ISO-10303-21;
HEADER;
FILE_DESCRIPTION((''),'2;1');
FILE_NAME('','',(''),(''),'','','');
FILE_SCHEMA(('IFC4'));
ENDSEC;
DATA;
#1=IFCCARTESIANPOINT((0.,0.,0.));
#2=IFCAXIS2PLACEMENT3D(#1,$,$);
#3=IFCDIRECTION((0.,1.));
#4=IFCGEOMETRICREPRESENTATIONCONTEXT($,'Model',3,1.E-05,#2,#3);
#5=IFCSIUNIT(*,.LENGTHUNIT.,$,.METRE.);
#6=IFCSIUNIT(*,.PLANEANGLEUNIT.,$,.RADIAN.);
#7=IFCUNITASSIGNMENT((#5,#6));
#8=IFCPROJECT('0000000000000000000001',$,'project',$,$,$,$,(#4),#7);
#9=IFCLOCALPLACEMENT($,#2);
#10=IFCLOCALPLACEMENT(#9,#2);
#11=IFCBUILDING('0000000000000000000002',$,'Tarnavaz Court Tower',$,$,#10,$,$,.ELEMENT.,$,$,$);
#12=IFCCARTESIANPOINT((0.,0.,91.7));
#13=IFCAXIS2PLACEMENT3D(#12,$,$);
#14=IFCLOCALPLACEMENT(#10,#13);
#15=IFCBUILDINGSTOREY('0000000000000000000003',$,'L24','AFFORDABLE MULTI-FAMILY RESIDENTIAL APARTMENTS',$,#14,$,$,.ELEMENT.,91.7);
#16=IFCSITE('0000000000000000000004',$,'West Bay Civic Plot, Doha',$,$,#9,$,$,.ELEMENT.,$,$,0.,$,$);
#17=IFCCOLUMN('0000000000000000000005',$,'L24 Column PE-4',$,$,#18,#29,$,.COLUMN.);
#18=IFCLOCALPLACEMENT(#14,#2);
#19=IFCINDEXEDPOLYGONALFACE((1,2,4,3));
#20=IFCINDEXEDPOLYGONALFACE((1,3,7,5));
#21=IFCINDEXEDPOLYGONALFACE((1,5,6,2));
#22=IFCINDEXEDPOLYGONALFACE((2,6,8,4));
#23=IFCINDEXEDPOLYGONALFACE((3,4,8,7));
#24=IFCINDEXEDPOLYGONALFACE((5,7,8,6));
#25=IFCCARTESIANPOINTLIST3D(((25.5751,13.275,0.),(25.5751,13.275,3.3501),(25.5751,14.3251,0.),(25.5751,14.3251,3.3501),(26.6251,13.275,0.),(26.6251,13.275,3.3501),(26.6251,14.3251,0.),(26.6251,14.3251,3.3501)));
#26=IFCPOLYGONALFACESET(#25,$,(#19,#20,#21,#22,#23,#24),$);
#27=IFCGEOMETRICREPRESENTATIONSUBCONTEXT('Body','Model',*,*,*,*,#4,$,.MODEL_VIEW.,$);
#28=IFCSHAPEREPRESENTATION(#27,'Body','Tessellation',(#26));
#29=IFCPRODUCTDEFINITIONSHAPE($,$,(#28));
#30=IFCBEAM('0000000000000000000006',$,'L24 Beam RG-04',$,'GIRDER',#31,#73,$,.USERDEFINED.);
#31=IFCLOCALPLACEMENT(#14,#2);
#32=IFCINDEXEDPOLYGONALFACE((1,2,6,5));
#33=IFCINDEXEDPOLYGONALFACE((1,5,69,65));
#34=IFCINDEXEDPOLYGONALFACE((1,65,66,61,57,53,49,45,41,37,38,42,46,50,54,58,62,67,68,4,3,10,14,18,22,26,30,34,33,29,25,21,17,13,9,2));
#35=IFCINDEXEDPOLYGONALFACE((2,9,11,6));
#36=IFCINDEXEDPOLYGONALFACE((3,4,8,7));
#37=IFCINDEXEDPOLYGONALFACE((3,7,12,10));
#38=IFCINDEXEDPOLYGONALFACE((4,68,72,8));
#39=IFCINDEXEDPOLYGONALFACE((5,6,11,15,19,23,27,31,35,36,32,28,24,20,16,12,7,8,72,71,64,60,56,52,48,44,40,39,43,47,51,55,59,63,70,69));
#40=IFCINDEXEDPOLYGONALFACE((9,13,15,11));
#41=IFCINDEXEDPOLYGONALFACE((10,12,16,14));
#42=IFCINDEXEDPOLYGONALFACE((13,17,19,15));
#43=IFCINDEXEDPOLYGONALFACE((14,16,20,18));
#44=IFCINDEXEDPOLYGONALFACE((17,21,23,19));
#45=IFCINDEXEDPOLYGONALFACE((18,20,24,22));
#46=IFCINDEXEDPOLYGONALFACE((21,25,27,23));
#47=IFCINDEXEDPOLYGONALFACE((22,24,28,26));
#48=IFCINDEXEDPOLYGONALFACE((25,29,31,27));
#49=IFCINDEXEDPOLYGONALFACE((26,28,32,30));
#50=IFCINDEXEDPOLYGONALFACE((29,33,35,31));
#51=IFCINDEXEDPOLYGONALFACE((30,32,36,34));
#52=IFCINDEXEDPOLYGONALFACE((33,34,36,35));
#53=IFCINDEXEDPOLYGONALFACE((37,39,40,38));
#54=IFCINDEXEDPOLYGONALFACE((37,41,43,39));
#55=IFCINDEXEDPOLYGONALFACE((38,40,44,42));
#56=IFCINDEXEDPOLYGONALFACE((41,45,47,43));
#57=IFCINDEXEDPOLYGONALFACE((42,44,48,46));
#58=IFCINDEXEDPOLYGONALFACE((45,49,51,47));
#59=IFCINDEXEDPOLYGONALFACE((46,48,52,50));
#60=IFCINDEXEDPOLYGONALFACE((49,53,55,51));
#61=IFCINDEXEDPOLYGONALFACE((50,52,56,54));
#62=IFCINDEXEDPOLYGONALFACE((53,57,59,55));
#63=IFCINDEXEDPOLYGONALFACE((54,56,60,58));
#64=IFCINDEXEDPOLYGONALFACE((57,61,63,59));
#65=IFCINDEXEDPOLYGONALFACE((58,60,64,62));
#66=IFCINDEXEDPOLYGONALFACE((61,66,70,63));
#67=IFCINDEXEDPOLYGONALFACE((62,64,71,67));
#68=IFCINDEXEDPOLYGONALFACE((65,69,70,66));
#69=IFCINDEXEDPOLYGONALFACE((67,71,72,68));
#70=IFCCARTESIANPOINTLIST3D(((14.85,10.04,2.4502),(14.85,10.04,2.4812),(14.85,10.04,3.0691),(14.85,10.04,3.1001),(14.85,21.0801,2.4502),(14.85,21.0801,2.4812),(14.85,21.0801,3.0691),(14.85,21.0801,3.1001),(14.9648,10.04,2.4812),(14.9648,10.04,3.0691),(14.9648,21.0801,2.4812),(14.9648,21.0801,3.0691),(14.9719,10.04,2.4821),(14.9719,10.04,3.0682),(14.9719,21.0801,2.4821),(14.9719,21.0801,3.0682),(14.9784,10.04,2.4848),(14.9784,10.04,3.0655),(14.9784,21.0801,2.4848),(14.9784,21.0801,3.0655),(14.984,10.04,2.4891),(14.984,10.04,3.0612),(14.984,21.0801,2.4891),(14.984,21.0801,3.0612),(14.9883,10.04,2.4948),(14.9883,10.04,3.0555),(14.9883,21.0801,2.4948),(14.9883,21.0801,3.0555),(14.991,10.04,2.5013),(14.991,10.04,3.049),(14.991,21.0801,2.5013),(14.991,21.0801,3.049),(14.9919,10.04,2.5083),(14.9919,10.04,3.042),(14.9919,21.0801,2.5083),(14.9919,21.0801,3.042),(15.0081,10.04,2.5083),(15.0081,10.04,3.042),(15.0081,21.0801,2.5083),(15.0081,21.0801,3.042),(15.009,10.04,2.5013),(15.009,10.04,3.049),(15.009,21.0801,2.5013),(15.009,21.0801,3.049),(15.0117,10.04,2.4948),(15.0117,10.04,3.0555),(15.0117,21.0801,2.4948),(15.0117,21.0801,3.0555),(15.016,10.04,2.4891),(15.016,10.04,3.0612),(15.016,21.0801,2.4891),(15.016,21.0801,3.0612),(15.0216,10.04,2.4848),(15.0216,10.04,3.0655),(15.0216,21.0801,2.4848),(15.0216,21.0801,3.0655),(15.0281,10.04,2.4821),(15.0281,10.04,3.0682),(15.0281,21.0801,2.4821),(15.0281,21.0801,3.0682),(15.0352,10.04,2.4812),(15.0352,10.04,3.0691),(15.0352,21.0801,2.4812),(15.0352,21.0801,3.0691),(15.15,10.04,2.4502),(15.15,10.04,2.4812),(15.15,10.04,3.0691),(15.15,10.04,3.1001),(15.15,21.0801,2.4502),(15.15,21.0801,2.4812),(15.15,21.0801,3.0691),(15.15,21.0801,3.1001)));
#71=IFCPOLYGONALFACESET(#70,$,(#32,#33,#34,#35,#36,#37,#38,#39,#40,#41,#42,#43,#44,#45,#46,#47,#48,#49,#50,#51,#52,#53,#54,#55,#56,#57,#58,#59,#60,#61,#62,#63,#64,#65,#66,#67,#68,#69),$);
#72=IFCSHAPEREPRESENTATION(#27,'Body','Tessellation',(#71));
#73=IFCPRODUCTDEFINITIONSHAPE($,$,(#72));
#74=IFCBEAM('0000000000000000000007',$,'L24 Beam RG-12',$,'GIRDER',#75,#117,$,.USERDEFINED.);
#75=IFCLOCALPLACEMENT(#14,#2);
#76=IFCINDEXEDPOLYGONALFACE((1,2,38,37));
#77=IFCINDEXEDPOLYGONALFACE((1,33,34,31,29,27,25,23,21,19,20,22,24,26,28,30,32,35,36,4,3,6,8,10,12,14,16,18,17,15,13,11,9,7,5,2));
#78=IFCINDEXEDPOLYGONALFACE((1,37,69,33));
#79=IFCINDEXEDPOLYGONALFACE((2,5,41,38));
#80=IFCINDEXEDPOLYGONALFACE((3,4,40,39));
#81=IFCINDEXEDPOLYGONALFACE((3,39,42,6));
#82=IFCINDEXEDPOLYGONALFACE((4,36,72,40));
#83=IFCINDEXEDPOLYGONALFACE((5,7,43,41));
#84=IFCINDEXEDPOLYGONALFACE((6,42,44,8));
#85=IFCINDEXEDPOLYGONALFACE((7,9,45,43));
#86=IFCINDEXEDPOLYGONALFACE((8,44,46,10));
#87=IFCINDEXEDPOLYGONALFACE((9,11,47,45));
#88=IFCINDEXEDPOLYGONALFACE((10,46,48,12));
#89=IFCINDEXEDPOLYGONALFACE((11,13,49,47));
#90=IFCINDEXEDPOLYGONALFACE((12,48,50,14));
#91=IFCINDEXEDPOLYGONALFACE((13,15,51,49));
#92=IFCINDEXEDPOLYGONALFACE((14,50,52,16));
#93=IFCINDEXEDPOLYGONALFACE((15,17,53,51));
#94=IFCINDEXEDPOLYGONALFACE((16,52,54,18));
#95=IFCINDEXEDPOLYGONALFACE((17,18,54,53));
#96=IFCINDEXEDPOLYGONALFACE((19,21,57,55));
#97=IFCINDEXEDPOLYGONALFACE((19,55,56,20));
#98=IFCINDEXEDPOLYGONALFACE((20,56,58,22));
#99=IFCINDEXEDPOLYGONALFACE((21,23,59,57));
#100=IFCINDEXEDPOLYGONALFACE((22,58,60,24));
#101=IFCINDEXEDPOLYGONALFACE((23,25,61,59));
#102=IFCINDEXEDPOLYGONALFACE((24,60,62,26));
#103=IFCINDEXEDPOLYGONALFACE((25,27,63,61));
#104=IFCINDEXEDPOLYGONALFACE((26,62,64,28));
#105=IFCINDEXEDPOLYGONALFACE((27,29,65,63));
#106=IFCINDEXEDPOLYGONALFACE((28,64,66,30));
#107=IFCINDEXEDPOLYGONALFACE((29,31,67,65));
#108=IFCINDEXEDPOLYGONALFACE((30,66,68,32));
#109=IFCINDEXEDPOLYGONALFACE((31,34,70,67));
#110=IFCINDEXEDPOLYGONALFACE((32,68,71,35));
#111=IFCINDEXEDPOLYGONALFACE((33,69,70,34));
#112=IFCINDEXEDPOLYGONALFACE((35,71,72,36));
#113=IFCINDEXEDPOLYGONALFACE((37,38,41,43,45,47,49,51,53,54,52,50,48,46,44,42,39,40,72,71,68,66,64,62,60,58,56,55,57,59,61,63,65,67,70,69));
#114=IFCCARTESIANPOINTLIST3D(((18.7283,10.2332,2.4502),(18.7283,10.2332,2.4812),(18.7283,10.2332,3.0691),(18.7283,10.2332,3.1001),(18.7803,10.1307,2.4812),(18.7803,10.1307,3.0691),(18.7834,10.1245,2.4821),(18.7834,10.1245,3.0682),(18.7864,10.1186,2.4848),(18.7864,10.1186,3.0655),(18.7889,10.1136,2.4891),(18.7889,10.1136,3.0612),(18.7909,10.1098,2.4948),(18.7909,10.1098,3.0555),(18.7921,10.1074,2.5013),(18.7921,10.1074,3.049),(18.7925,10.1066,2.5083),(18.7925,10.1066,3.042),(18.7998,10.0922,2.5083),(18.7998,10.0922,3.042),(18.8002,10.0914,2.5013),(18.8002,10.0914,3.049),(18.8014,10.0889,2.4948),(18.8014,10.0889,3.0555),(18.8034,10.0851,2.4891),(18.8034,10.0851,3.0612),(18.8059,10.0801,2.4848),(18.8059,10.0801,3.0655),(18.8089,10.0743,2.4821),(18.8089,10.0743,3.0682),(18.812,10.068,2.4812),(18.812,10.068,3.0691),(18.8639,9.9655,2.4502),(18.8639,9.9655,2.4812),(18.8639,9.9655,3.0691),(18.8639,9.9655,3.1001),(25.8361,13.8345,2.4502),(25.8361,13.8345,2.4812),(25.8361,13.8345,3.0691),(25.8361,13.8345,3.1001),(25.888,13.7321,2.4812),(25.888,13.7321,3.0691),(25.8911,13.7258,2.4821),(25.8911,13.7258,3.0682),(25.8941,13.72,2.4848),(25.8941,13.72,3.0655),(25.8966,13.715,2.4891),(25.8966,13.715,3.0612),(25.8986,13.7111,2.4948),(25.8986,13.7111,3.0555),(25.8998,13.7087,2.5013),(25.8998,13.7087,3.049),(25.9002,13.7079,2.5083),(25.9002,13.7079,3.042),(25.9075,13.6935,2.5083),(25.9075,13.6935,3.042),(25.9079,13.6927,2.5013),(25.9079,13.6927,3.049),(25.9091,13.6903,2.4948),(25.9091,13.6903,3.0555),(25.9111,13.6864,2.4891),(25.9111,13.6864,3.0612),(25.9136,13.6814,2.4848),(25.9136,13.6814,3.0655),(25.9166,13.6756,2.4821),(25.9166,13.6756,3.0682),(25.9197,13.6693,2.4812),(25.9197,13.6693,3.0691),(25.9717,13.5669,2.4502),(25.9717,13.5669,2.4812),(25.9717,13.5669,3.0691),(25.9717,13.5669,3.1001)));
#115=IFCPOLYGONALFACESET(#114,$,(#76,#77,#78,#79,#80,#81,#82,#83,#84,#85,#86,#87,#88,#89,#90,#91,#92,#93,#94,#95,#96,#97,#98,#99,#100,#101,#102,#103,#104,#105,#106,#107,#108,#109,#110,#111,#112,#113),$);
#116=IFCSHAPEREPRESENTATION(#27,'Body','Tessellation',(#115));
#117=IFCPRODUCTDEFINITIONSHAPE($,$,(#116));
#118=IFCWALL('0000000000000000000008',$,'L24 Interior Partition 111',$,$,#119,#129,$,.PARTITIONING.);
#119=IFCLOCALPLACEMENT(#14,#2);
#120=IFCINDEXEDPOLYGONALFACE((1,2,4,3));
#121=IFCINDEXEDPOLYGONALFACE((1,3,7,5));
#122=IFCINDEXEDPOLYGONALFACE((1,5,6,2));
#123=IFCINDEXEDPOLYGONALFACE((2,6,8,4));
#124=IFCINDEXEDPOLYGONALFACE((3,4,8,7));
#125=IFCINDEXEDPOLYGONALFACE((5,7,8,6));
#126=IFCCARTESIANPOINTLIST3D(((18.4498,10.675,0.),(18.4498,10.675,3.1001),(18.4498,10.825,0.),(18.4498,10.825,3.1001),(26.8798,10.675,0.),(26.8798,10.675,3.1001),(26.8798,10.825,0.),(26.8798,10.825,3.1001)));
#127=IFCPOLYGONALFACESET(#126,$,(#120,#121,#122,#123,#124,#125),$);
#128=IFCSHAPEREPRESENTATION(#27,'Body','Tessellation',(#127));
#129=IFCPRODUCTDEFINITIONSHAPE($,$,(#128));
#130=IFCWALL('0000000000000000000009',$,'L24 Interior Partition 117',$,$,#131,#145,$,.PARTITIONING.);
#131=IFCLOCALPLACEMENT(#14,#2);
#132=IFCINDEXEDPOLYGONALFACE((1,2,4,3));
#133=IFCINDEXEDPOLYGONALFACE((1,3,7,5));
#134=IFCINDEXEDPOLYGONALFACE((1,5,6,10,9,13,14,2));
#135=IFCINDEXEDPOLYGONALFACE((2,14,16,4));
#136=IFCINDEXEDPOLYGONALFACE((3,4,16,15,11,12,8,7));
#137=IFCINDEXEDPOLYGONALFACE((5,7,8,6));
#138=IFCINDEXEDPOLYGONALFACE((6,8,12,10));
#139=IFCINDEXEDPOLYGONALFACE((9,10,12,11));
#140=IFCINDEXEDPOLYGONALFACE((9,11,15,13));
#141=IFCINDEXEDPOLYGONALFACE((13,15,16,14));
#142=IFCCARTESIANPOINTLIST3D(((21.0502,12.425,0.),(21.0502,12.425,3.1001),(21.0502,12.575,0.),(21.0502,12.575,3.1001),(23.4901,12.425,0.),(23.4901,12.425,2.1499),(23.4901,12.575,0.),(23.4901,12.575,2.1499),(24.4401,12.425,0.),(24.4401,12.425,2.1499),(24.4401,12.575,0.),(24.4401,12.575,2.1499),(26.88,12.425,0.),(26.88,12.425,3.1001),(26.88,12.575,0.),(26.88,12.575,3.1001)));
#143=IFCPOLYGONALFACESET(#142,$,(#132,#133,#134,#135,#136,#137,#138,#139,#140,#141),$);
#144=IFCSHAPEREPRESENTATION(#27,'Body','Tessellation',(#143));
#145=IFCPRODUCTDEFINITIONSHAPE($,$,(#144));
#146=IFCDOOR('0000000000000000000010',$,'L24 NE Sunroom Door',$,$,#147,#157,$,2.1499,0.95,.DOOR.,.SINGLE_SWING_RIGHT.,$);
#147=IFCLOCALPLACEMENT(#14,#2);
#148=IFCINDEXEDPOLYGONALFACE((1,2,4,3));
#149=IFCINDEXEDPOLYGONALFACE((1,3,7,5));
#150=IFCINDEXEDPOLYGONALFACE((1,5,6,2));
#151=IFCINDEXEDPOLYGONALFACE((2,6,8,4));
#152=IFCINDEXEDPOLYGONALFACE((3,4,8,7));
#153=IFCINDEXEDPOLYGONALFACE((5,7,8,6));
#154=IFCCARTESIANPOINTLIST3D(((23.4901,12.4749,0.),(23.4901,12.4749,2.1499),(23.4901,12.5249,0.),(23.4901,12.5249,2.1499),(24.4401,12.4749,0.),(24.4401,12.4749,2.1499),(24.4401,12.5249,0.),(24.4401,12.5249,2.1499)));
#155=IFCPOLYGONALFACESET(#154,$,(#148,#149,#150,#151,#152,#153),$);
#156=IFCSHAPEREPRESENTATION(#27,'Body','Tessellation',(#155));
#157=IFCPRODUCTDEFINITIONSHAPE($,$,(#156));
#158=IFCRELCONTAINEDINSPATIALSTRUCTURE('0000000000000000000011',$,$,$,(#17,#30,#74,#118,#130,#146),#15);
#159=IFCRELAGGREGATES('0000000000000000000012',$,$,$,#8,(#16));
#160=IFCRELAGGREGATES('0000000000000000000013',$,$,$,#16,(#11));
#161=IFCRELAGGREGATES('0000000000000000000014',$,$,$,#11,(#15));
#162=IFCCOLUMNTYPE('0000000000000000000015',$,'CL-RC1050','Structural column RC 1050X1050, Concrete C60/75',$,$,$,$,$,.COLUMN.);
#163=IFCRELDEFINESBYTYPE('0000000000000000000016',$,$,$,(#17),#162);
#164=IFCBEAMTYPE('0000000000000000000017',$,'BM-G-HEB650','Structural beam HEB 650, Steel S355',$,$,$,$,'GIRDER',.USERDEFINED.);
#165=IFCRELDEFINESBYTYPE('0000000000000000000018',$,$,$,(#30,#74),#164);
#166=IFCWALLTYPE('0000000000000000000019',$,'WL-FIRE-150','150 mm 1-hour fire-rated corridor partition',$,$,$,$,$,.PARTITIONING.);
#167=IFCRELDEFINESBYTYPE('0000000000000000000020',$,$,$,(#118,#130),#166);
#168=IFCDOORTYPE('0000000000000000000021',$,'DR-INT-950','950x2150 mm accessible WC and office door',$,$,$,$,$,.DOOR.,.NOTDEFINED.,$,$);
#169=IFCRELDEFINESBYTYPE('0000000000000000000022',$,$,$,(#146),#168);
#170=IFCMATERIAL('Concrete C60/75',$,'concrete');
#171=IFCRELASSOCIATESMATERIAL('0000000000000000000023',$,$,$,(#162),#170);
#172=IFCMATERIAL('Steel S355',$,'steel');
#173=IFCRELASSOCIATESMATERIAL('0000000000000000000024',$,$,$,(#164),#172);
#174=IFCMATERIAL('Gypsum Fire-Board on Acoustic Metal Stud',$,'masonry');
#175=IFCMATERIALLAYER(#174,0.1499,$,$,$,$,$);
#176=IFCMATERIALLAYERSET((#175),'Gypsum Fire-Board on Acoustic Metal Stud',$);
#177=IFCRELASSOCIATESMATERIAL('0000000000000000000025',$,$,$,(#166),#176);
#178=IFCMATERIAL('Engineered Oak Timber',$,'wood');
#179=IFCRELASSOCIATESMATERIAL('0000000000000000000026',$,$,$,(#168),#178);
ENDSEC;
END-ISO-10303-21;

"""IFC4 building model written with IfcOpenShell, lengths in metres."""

from ifc_helpers import new_model, si_unit, direction, frame, frame_2d, origin, origin_2d, place, context, subcontext, project, spatial, rectangle, i_section, extrude, material, layer, layer_set, material_profile, profile_set, type_object, element, fill, save


model = new_model("IFC4")

# Units and contexts
model_context = context("Model", 3, precision=1e-05, world=origin(), true_north=direction((0.0, 1.0)))
body_context = subcontext(model_context, "Body", "Model", "MODEL_VIEW")
ifc_project = project(units=[si_unit("LENGTHUNIT", "METRE"), si_unit("PLANEANGLEUNIT", "RADIAN")], contexts=[model_context])

# Site, building, storey
site_placement = place(None, origin())
site = spatial("IfcSite", under=ifc_project, at=site_placement, Name="West Bay Civic Plot, Doha", CompositionType="ELEMENT", RefElevation=0.0)
building_placement = place(site_placement, origin())
building = spatial("IfcBuilding", under=site, at=building_placement, Name="Tarnavaz Court Tower", CompositionType="ELEMENT")
storey_placement = place(building_placement, frame((0.0, 0.0, 91.7)))
storey = spatial("IfcBuildingStorey", under=building, at=storey_placement, Name="L24", Description="AFFORDABLE MULTI-FAMILY RESIDENTIAL APARTMENTS", CompositionType="ELEMENT", Elevation=91.7)

# Column
ifc_material_1 = material(Name="Concrete C60/75", Category="concrete")
ifc_material_profile_1 = material_profile(ifc_material_1, rectangle(XDim=1.05, YDim=1.05, at=origin_2d()), Name="RC 1050X1050")
ifc_profile_set_1 = profile_set([ifc_material_profile_1], Name="Concrete C60/75")
column_type = type_object("IfcColumnType", Name="CL-RC1050", Description="Structural column RC 1050X1050, Concrete C60/75", PredefinedType="COLUMN", material=ifc_profile_set_1)
column_placement = place(storey_placement, frame((26.1001, 13.8, 0.0), z_axis=(0.0, 0.0, 1.0), x_axis=(1.0, 0.0, 0.0)))
element("IfcColumn", 1, at=column_placement, inside=storey, type_object=column_type, Name="L24 Column PE-4", PredefinedType="COLUMN", context=body_context, shape_type="SweptSolid", body=[
    extrude(rectangle(XDim=1.05, YDim=1.05, at=origin_2d()), origin(), (0.0, 0.0, 1.0), 3.3501),
])

# Beams
ifc_material_2 = material(Name="Steel S355", Category="steel")
ifc_material_profile_2 = material_profile(ifc_material_2, i_section(OverallWidth=0.3, OverallDepth=0.6499, WebThickness=0.0161, FlangeThickness=0.031, FilletRadius=0.0271, at=origin_2d()), Name="HEB 650")
ifc_profile_set_2 = profile_set([ifc_material_profile_2], Name="Steel S355")
beam_type = type_object("IfcBeamType", Name="BM-G-HEB650", Description="Structural beam HEB 650, Steel S355", ElementType="GIRDER", PredefinedType="USERDEFINED", material=ifc_profile_set_2)
beam_1_placement = place(storey_placement, frame((15.0, 10.04, 2.7751), z_axis=(0.0, 1.0, 0.0), x_axis=(-1.0, 0.0, 0.0)))
element("IfcBeam", 2, at=beam_1_placement, inside=storey, type_object=beam_type, Name="L24 Beam RG-04", ObjectType="GIRDER", PredefinedType="USERDEFINED", context=body_context, shape_type="SweptSolid", body=[
    extrude(i_section(OverallWidth=0.3, OverallDepth=0.6499, WebThickness=0.0161, FlangeThickness=0.031, FilletRadius=0.0271, at=origin_2d()), origin(), (0.0, 0.0, 1.0), 11.04),
])
beam_2_placement = place(storey_placement, frame((18.7961, 10.0994, 2.7751), z_axis=(0.892031, 0.451975, 0.0), x_axis=(-0.451975, 0.892031, 0.0)))
element("IfcBeam", 3, at=beam_2_placement, inside=storey, type_object=beam_type, Name="L24 Beam RG-12", ObjectType="GIRDER", PredefinedType="USERDEFINED", context=body_context, shape_type="SweptSolid", body=[
    extrude(i_section(OverallWidth=0.3, OverallDepth=0.6499, WebThickness=0.0161, FlangeThickness=0.031, FilletRadius=0.0271, at=origin_2d()), origin(), (0.0, 0.0, 1.0), 7.968),
])

# Wall
ifc_material_3 = material(Name="Gypsum Fire-Board on Acoustic Metal Stud", Category="masonry")
ifc_layer_1 = layer(ifc_material_3, 0.1499)
ifc_layer_set_1 = layer_set([ifc_layer_1], Name="Gypsum Fire-Board on Acoustic Metal Stud")
wall_type_1 = type_object("IfcWallType", Name="WL-FIRE-150", Description="150 mm 1-hour fire-rated corridor partition", PredefinedType="PARTITIONING", material=ifc_layer_set_1)
wall_1_placement = place(storey_placement, frame((18.45, 10.75, 0.0), z_axis=(0.0, 0.0, 1.0), x_axis=(1.0, 0.0, 0.0)))
element("IfcWall", 4, at=wall_1_placement, inside=storey, type_object=wall_type_1, Name="L24 Interior Partition 111", PredefinedType="PARTITIONING", context=body_context, shape_type="SweptSolid", body=[
    extrude(rectangle(XDim=8.4299, YDim=0.1499, at=frame_2d((4.2148, 0.0))), origin(), (0.0, 0.0, 1.0), 3.1001),
])

# Wall, opening, door
wall_2_placement = place(storey_placement, frame((21.05, 12.5, 0.0), z_axis=(0.0, 0.0, 1.0), x_axis=(1.0, 0.0, 0.0)))
wall_2 = element("IfcWall", 5, at=wall_2_placement, inside=storey, type_object=wall_type_1, Name="L24 Interior Partition 117", PredefinedType="PARTITIONING", context=body_context, shape_type="SweptSolid", body=[
    extrude(rectangle(XDim=5.8298, YDim=0.1499, at=frame_2d((2.915, 0.0))), origin(), (0.0, 0.0, 1.0), 3.1001),
])
opening_1_placement = place(wall_2_placement, frame((2.4399, 0.0, 0.0)))
opening_1 = element("IfcOpeningElement", 6, at=opening_1_placement, cuts=wall_2, PredefinedType="OPENING", context=body_context, shape_type="SweptSolid", body=[
    extrude(rectangle(XDim=0.95, YDim=2.1499, at=frame_2d((0.4751, 1.075))), frame((0.0, 0.085, 0.0), z_axis=(0.0, -1.0, 0.0), x_axis=(1.0, 0.0, 0.0)), (0.0, 0.0, 1.0), 0.1699),
])
ifc_material_4 = material(Name="Engineered Oak Timber", Category="wood")
door_type_1 = type_object("IfcDoorType", Name="DR-INT-950", Description="950x2150 mm accessible WC and office door", OperationType="NOTDEFINED", PredefinedType="DOOR", material=ifc_material_4)
door_1_placement = place(opening_1_placement, origin())
door_1 = element("IfcDoor", 7, at=door_1_placement, inside=storey, type_object=door_type_1, Name="L24 NE Sunroom Door", OperationType="SINGLE_SWING_RIGHT", OverallHeight=2.1499, OverallWidth=0.95, PredefinedType="DOOR", context=body_context, shape_type="SweptSolid", body=[
    extrude(rectangle(XDim=0.95, YDim=2.1499, at=frame_2d((0.4751, 1.075))), frame((0.0, 0.0249, 0.0), z_axis=(0.0, -1.0, 0.0), x_axis=(1.0, 0.0, 0.0)), (0.0, 0.0, 1.0), 0.05),
])
fill(opening_1, door_1)

save(model, "model.ifc")
